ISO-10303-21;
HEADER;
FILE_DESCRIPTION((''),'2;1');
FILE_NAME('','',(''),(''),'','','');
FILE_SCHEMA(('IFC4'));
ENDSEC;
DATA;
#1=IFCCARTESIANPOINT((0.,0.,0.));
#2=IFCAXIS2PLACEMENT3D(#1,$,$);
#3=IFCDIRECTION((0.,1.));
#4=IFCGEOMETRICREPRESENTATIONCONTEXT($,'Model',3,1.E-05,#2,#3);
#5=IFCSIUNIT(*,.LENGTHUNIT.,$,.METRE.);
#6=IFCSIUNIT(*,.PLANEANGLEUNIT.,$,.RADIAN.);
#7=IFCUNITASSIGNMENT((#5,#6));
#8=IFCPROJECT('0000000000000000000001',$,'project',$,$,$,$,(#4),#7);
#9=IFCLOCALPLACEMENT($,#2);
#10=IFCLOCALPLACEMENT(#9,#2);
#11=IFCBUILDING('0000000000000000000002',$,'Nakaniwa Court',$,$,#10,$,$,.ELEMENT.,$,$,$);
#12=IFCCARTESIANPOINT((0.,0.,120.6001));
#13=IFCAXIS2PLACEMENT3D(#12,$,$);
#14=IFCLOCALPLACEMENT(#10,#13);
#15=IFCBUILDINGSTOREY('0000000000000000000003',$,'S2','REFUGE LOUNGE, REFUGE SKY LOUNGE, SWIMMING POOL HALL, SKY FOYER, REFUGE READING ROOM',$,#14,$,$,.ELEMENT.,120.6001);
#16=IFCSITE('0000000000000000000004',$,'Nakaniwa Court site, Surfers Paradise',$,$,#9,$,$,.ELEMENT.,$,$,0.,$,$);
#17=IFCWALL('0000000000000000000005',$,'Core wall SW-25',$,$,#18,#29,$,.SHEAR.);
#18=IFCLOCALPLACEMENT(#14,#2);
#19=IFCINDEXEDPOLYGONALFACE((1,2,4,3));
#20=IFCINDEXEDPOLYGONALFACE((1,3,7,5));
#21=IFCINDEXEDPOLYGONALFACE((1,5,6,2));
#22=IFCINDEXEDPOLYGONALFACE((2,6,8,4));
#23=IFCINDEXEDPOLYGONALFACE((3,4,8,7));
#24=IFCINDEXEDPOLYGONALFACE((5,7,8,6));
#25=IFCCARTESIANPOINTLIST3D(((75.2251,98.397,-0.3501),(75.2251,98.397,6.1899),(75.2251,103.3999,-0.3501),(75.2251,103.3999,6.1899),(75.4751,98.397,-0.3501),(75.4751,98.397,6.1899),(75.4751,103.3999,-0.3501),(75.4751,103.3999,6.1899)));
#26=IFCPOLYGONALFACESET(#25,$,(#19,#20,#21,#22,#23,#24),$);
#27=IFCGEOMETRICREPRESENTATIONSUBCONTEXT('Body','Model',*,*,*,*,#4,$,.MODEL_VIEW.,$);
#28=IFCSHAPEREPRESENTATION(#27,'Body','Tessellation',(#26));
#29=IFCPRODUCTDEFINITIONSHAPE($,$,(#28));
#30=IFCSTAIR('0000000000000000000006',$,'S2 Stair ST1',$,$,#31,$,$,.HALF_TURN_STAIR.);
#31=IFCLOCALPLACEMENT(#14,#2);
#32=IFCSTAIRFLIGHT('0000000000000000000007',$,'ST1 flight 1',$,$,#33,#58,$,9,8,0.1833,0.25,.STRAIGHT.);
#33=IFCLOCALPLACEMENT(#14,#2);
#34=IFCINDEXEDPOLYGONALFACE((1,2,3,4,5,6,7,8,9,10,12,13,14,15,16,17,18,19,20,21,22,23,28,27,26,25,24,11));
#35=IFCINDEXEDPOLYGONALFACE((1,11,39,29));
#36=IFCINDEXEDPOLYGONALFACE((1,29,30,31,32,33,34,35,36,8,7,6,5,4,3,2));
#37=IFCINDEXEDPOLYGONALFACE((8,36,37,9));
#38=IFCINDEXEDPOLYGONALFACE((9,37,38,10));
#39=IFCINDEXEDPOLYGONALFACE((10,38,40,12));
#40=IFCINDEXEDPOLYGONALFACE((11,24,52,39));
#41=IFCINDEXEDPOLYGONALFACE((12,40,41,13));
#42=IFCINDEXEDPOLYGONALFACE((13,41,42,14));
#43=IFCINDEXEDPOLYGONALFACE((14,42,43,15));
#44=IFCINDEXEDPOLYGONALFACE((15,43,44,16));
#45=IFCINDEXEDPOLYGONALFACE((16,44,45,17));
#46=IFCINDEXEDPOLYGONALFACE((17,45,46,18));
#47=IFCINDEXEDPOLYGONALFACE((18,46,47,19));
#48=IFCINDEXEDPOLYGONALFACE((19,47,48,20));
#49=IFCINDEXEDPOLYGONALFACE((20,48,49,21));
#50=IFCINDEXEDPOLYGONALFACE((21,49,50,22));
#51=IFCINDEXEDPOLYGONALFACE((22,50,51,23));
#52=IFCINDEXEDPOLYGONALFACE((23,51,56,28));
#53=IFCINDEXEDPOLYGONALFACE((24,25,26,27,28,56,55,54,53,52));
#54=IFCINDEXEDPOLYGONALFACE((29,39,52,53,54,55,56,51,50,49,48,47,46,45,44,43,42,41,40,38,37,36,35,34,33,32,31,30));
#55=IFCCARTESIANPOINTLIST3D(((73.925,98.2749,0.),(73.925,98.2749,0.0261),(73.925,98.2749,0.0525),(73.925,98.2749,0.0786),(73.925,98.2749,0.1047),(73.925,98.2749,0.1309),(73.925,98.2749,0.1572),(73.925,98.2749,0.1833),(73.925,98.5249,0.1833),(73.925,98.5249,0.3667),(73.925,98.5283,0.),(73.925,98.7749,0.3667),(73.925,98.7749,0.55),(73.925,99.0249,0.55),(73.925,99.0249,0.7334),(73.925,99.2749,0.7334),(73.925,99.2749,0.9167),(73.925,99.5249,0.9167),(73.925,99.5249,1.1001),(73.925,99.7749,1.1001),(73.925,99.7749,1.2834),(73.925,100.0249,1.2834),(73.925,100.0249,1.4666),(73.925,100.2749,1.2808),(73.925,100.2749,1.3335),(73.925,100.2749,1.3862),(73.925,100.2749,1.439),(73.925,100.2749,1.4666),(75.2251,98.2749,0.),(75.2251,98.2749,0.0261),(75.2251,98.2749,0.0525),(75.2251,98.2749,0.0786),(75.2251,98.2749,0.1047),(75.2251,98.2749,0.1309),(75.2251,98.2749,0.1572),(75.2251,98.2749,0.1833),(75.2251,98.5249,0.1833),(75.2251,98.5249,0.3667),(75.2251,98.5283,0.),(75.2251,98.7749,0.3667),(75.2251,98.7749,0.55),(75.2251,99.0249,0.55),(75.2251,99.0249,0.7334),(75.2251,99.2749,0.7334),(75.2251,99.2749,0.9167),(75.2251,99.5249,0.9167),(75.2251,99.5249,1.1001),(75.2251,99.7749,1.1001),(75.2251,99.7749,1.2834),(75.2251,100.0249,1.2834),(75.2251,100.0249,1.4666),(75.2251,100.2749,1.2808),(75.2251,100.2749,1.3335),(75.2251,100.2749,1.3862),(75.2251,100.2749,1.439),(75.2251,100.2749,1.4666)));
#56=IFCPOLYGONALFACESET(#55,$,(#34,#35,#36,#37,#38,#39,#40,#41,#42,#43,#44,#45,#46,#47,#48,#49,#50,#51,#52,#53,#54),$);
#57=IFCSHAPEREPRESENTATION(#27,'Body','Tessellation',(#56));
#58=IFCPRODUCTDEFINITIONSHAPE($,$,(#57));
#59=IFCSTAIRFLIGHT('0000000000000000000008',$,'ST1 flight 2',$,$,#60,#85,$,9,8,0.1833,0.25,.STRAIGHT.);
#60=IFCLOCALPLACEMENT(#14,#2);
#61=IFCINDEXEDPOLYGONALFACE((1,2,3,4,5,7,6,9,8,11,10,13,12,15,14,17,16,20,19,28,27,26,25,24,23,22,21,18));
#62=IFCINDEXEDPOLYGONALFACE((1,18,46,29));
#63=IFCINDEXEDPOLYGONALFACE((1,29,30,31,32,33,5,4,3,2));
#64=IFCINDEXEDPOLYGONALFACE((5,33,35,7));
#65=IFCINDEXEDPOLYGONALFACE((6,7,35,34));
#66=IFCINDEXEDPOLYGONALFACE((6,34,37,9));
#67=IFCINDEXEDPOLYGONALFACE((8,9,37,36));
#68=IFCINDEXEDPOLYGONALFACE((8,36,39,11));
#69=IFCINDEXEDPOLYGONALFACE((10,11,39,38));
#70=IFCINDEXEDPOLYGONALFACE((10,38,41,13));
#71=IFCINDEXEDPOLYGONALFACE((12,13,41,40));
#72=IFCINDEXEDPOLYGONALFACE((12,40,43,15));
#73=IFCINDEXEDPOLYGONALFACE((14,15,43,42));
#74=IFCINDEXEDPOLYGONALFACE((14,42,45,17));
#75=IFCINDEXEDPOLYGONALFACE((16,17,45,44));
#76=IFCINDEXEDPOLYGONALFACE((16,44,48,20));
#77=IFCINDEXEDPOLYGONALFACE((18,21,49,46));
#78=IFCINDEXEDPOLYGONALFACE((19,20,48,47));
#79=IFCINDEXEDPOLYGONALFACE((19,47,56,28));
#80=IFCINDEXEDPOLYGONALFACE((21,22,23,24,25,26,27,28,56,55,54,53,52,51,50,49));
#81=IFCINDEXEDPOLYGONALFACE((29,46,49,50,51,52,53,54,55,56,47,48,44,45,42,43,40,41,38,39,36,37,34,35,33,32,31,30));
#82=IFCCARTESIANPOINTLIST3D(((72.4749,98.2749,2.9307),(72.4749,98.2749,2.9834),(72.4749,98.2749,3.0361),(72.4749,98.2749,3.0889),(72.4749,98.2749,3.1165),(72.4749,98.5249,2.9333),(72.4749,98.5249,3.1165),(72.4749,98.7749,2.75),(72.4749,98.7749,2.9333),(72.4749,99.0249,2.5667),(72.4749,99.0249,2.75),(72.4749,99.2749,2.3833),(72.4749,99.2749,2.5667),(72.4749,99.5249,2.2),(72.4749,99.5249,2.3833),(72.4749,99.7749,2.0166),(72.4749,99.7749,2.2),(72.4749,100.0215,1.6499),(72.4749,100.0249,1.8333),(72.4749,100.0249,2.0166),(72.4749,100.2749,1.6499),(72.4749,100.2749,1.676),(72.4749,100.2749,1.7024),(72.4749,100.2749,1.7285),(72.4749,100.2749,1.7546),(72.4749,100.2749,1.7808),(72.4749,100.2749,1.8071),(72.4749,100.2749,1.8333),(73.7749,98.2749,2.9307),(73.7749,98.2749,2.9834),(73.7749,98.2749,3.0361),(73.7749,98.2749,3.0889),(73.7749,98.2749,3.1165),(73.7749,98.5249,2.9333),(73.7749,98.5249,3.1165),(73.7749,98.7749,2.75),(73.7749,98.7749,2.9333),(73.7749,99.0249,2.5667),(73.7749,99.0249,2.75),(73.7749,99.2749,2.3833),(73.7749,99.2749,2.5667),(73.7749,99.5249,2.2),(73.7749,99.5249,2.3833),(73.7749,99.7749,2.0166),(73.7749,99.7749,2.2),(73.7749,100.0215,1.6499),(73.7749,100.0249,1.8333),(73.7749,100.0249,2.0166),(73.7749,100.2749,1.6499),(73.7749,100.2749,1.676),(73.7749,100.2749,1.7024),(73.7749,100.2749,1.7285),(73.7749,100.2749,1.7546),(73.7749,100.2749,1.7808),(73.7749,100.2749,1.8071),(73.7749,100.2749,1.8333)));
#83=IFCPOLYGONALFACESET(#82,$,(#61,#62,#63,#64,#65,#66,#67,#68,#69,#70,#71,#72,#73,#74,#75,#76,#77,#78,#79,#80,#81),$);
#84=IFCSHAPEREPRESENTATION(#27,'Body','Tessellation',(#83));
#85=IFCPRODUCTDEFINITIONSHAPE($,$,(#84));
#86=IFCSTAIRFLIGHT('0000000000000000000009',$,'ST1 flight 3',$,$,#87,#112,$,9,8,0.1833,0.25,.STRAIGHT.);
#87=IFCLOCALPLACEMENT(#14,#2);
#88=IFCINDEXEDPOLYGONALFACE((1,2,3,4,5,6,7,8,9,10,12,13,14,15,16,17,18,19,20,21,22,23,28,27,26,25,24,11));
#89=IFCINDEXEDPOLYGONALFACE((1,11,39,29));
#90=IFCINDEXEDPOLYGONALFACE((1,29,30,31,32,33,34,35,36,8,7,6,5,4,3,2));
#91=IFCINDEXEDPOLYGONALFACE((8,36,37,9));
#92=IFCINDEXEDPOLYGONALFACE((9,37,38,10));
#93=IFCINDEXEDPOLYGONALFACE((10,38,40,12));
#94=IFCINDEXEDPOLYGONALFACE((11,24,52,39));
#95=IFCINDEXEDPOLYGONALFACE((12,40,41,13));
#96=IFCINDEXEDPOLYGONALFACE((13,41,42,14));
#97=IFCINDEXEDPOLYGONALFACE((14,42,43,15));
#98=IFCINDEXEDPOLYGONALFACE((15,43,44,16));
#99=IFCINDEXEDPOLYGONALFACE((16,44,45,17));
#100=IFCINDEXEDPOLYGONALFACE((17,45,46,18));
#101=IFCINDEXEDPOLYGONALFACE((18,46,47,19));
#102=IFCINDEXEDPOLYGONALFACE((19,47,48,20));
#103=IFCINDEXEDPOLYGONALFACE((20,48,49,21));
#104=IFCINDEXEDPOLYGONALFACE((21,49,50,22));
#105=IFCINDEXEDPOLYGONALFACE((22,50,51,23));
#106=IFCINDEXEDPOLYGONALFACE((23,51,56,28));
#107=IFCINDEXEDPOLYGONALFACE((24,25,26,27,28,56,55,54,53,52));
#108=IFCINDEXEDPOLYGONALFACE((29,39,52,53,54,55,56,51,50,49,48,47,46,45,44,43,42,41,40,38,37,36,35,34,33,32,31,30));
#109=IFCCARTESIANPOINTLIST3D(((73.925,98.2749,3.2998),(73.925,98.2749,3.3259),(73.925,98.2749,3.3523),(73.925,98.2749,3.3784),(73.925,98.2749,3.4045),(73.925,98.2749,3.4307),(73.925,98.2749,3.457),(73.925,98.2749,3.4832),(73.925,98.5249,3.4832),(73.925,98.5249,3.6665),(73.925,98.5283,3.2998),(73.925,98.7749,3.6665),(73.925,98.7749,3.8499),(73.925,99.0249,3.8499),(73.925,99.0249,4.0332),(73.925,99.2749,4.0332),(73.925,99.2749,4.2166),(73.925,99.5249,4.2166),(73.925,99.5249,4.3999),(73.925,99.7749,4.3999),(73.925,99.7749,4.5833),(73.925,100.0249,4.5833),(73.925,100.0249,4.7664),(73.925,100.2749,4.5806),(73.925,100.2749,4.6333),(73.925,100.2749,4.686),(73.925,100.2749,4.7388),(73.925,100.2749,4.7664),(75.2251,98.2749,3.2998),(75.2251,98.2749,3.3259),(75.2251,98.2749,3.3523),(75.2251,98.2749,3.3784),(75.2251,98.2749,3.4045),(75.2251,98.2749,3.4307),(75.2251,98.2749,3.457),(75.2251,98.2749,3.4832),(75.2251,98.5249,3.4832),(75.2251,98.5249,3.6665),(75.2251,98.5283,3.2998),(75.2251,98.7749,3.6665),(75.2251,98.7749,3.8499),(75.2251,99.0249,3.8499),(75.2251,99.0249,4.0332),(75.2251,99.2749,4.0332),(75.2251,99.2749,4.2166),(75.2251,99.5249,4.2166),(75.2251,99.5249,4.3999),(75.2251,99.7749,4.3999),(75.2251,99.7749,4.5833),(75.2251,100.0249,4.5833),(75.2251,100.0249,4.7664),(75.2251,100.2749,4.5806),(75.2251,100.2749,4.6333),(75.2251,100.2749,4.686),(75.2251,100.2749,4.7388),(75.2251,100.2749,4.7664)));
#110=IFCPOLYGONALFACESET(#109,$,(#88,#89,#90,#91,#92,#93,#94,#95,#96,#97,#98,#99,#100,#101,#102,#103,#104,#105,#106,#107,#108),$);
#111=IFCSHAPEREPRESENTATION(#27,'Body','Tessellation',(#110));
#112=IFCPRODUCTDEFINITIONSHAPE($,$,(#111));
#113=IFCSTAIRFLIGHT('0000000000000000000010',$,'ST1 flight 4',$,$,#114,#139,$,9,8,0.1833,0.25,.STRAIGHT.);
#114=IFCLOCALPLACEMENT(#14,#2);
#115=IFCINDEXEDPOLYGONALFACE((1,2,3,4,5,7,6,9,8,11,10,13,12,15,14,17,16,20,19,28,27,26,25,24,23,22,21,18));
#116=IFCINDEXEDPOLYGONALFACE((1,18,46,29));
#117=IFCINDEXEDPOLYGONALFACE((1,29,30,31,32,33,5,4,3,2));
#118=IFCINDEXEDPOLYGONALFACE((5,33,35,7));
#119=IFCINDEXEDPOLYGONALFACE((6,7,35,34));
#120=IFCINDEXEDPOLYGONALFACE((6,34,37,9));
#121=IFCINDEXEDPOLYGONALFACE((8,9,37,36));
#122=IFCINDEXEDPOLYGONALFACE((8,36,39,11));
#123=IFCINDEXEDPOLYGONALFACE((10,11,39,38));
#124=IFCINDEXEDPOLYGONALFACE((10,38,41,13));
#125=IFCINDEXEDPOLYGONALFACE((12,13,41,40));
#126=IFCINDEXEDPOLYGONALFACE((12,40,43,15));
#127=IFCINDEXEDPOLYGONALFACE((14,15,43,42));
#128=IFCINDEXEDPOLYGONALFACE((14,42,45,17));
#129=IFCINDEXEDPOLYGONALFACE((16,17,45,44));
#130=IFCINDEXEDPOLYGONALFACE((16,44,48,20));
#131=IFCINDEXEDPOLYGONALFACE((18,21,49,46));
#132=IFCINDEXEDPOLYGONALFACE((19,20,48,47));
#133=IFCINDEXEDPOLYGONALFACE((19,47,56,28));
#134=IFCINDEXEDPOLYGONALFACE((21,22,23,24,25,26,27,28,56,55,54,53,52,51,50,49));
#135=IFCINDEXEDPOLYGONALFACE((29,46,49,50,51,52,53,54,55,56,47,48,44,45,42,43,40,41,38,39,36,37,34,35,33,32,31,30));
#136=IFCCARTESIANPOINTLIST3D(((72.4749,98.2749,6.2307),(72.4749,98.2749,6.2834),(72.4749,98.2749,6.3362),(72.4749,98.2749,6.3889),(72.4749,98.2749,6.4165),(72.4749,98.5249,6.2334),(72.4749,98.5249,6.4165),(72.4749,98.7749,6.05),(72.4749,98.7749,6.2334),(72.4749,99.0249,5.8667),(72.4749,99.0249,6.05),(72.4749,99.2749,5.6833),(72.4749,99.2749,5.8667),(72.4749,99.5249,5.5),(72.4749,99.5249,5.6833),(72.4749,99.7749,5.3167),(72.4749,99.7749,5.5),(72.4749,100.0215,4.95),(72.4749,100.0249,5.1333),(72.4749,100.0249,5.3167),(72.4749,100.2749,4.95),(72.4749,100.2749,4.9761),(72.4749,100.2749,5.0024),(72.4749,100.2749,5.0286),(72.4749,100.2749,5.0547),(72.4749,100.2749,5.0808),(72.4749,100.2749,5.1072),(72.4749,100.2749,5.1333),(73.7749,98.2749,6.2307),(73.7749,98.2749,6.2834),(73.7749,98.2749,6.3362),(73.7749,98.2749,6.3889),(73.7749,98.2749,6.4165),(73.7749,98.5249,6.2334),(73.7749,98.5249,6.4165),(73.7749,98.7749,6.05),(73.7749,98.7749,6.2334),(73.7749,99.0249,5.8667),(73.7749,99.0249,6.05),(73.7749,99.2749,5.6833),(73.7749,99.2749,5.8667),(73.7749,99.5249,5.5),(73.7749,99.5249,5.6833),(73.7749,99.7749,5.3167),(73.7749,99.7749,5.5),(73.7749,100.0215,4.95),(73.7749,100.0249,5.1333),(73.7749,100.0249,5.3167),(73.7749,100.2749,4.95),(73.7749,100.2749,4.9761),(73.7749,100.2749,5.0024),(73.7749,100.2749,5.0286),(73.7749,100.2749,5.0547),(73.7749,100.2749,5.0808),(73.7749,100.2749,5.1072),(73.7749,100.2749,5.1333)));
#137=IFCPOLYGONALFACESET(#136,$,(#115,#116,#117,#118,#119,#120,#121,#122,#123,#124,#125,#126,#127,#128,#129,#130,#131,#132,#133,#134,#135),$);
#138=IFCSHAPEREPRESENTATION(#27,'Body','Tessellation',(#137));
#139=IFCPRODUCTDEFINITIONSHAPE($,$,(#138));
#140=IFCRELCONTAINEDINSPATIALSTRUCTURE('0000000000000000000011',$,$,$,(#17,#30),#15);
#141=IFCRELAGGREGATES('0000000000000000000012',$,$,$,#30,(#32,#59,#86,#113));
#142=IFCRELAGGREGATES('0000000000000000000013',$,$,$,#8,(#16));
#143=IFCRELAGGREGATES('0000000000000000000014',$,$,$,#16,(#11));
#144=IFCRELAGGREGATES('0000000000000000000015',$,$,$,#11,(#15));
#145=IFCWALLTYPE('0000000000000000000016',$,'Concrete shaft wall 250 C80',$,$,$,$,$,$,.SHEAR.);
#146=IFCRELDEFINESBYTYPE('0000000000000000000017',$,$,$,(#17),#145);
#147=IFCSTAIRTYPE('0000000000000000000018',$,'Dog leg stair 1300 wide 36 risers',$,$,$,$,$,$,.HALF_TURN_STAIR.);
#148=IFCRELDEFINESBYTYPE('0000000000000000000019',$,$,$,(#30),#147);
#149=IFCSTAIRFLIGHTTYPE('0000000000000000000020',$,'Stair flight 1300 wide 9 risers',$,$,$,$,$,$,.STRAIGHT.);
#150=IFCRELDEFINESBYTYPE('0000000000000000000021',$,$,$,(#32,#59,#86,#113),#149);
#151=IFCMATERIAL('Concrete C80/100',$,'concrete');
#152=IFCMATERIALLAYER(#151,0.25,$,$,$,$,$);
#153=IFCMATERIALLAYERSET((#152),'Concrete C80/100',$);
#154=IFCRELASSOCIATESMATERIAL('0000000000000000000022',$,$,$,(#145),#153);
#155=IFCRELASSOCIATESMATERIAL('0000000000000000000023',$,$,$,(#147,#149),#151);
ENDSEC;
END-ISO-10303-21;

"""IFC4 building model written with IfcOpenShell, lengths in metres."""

from ifc_helpers import new_model, si_unit, direction, frame, frame_2d, origin, place, context, subcontext, project, spatial, polyline, rectangle, outline, extrude, material, layer, layer_set, type_object, element, aggregate, save


model = new_model("IFC4")

# Units and contexts
model_context = context("Model", 3, precision=1e-05, world=origin(), true_north=direction((0.0, 1.0)))
body_context = subcontext(model_context, "Body", "Model", "MODEL_VIEW")
ifc_project = project(units=[si_unit("LENGTHUNIT", "METRE"), si_unit("PLANEANGLEUNIT", "RADIAN")], contexts=[model_context])

# Site, building, storey
site_placement = place(None, origin())
site = spatial("IfcSite", under=ifc_project, at=site_placement, Name="Nakaniwa Court site, Surfers Paradise", CompositionType="ELEMENT", RefElevation=0.0)
building_placement = place(site_placement, origin())
building = spatial("IfcBuilding", under=site, at=building_placement, Name="Nakaniwa Court", CompositionType="ELEMENT")
storey_placement = place(building_placement, frame((0.0, 0.0, 120.6001)))
storey = spatial("IfcBuildingStorey", under=building, at=storey_placement, Name="S2", Description="REFUGE LOUNGE, REFUGE SKY LOUNGE, SWIMMING POOL HALL, SKY FOYER, REFUGE READING ROOM", CompositionType="ELEMENT", Elevation=120.6001)

# Shared definitions
ifc_material_1 = material(Name="Concrete C80/100", Category="concrete")

# Wall
ifc_layer_1 = layer(ifc_material_1, 0.25)
ifc_layer_set_1 = layer_set([ifc_layer_1], Name="Concrete C80/100")
wall_type_1 = type_object("IfcWallType", Name="Concrete shaft wall 250 C80", PredefinedType="SHEAR", material=ifc_layer_set_1)
wall_1_placement = place(storey_placement, frame((75.3501, 98.397, -0.3501), z_axis=(0.0, 0.0, 1.0), x_axis=(0.0, 1.0, 0.0)))
element("IfcWall", 1, at=wall_1_placement, inside=storey, type_object=wall_type_1, Name="Core wall SW-25", PredefinedType="SHEAR", context=body_context, shape_type="SweptSolid", body=[
    extrude(rectangle(XDim=5.0029, YDim=0.25, at=frame_2d((2.5015, 0.0))), origin(), (0.0, 0.0, 1.0), 6.54),
])

# Stair, stair flights
stair_type = type_object("IfcStairType", Name="Dog leg stair 1300 wide 36 risers", PredefinedType="HALF_TURN_STAIR", material=ifc_material_1)
stair_placement = place(storey_placement, origin())
stair = element("IfcStair", 2, at=stair_placement, inside=storey, type_object=stair_type, Name="S2 Stair ST1", PredefinedType="HALF_TURN_STAIR")
stair_flight_type = type_object("IfcStairFlightType", Name="Stair flight 1300 wide 9 risers", PredefinedType="STRAIGHT", material=ifc_material_1)
stair_flight_1_placement = place(storey_placement, frame((74.575, 98.2749, 0.0), z_axis=(0.0, 0.0, 1.0), x_axis=(0.0, 1.0, 0.0)))
stair_flight_1 = element("IfcStairFlight", 3, at=stair_flight_1_placement, type_object=stair_flight_type, Name="ST1 flight 1", NumberOfRisers=9, NumberOfTreads=8, PredefinedType="STRAIGHT", RiserHeight=0.1833, TreadLength=0.25, context=body_context, shape_type="SweptSolid", body=[
    extrude(outline(polyline([(0.0, 0.0), (0.0, 0.0261), (0.0, 0.0525), (0.0, 0.0786), (0.0, 0.1047), (0.0, 0.1309), (0.0, 0.1572), (0.0, 0.1833), (0.25, 0.1833), (0.25, 0.3667), (0.5, 0.3667), (0.5, 0.55), (0.75, 0.55), (0.75, 0.7334), (1.0, 0.7334), (1.0, 0.9167), (1.25, 0.9167), (1.25, 1.1001), (1.5, 1.1001), (1.5, 1.2834), (1.75, 1.2834), (1.75, 1.4666), (2.0, 1.4666), (2.0, 1.6499), (2.0, 1.5972), (2.0, 1.5444), (2.0, 1.4917), (2.0, 1.439), (2.0, 1.3862), (2.0, 1.3335), (2.0, 1.2808), (0.2534, 0.0), (0.0, 0.0)])), frame((0.0, 0.6499, 0.0), z_axis=(0.0, -1.0, 0.0), x_axis=(1.0, 0.0, 0.0)), (0.0, 0.0, 1.0), 1.3),
])
stair_flight_2_placement = place(storey_placement, frame((73.125, 100.2749, 1.6499), z_axis=(0.0, 0.0, 1.0), x_axis=(0.0, -1.0, 0.0)))
stair_flight_2 = element("IfcStairFlight", 4, at=stair_flight_2_placement, type_object=stair_flight_type, Name="ST1 flight 2", NumberOfRisers=9, NumberOfTreads=8, PredefinedType="STRAIGHT", RiserHeight=0.1833, TreadLength=0.25, context=body_context, shape_type="SweptSolid", body=[
    extrude(outline(polyline([(0.0, 0.0), (0.0, 0.0261), (0.0, 0.0525), (0.0, 0.0786), (0.0, 0.1047), (0.0, 0.1309), (0.0, 0.1572), (0.0, 0.1833), (0.25, 0.1833), (0.25, 0.3667), (0.5, 0.3667), (0.5, 0.55), (0.75, 0.55), (0.75, 0.7334), (1.0, 0.7334), (1.0, 0.9167), (1.25, 0.9167), (1.25, 1.1001), (1.5, 1.1001), (1.5, 1.2834), (1.75, 1.2834), (1.75, 1.4666), (2.0, 1.4666), (2.0, 1.6499), (2.0, 1.5972), (2.0, 1.5444), (2.0, 1.4917), (2.0, 1.439), (2.0, 1.3862), (2.0, 1.3335), (2.0, 1.2808), (0.2534, 0.0), (0.0, 0.0)])), frame((0.0, 0.6499, 0.0), z_axis=(0.0, -1.0, 0.0), x_axis=(1.0, 0.0, 0.0)), (0.0, 0.0, 1.0), 1.3),
])
stair_flight_3_placement = place(storey_placement, frame((74.575, 98.2749, 3.2998), z_axis=(0.0, 0.0, 1.0), x_axis=(0.0, 1.0, 0.0)))
stair_flight_3 = element("IfcStairFlight", 5, at=stair_flight_3_placement, type_object=stair_flight_type, Name="ST1 flight 3", NumberOfRisers=9, NumberOfTreads=8, PredefinedType="STRAIGHT", RiserHeight=0.1833, TreadLength=0.25, context=body_context, shape_type="SweptSolid", body=[
    extrude(outline(polyline([(0.0, 0.0), (0.0, 0.0261), (0.0, 0.0525), (0.0, 0.0786), (0.0, 0.1047), (0.0, 0.1309), (0.0, 0.1572), (0.0, 0.1833), (0.25, 0.1833), (0.25, 0.3667), (0.5, 0.3667), (0.5, 0.55), (0.75, 0.55), (0.75, 0.7334), (1.0, 0.7334), (1.0, 0.9167), (1.25, 0.9167), (1.25, 1.1001), (1.5, 1.1001), (1.5, 1.2834), (1.75, 1.2834), (1.75, 1.4666), (2.0, 1.4666), (2.0, 1.6499), (2.0, 1.5972), (2.0, 1.5444), (2.0, 1.4917), (2.0, 1.439), (2.0, 1.3862), (2.0, 1.3335), (2.0, 1.2808), (0.2534, 0.0), (0.0, 0.0)])), frame((0.0, 0.6499, 0.0), z_axis=(0.0, -1.0, 0.0), x_axis=(1.0, 0.0, 0.0)), (0.0, 0.0, 1.0), 1.3),
])
stair_flight_4_placement = place(storey_placement, frame((73.125, 100.2749, 4.95), z_axis=(0.0, 0.0, 1.0), x_axis=(0.0, -1.0, 0.0)))
stair_flight_4 = element("IfcStairFlight", 6, at=stair_flight_4_placement, type_object=stair_flight_type, Name="ST1 flight 4", NumberOfRisers=9, NumberOfTreads=8, PredefinedType="STRAIGHT", RiserHeight=0.1833, TreadLength=0.25, context=body_context, shape_type="SweptSolid", body=[
    extrude(outline(polyline([(0.0, 0.0), (0.0, 0.0261), (0.0, 0.0525), (0.0, 0.0786), (0.0, 0.1047), (0.0, 0.1309), (0.0, 0.1572), (0.0, 0.1833), (0.25, 0.1833), (0.25, 0.3667), (0.5, 0.3667), (0.5, 0.55), (0.75, 0.55), (0.75, 0.7334), (1.0, 0.7334), (1.0, 0.9167), (1.25, 0.9167), (1.25, 1.1001), (1.5, 1.1001), (1.5, 1.2834), (1.75, 1.2834), (1.75, 1.4666), (2.0, 1.4666), (2.0, 1.6499), (2.0, 1.5972), (2.0, 1.5444), (2.0, 1.4917), (2.0, 1.439), (2.0, 1.3862), (2.0, 1.3335), (2.0, 1.2808), (0.2534, 0.0), (0.0, 0.0)])), frame((0.0, 0.6499, 0.0), z_axis=(0.0, -1.0, 0.0), x_axis=(1.0, 0.0, 0.0)), (0.0, 0.0, 1.0), 1.3),
])
aggregate(stair, [stair_flight_1, stair_flight_2, stair_flight_3, stair_flight_4])

save(model, "model.ifc")
